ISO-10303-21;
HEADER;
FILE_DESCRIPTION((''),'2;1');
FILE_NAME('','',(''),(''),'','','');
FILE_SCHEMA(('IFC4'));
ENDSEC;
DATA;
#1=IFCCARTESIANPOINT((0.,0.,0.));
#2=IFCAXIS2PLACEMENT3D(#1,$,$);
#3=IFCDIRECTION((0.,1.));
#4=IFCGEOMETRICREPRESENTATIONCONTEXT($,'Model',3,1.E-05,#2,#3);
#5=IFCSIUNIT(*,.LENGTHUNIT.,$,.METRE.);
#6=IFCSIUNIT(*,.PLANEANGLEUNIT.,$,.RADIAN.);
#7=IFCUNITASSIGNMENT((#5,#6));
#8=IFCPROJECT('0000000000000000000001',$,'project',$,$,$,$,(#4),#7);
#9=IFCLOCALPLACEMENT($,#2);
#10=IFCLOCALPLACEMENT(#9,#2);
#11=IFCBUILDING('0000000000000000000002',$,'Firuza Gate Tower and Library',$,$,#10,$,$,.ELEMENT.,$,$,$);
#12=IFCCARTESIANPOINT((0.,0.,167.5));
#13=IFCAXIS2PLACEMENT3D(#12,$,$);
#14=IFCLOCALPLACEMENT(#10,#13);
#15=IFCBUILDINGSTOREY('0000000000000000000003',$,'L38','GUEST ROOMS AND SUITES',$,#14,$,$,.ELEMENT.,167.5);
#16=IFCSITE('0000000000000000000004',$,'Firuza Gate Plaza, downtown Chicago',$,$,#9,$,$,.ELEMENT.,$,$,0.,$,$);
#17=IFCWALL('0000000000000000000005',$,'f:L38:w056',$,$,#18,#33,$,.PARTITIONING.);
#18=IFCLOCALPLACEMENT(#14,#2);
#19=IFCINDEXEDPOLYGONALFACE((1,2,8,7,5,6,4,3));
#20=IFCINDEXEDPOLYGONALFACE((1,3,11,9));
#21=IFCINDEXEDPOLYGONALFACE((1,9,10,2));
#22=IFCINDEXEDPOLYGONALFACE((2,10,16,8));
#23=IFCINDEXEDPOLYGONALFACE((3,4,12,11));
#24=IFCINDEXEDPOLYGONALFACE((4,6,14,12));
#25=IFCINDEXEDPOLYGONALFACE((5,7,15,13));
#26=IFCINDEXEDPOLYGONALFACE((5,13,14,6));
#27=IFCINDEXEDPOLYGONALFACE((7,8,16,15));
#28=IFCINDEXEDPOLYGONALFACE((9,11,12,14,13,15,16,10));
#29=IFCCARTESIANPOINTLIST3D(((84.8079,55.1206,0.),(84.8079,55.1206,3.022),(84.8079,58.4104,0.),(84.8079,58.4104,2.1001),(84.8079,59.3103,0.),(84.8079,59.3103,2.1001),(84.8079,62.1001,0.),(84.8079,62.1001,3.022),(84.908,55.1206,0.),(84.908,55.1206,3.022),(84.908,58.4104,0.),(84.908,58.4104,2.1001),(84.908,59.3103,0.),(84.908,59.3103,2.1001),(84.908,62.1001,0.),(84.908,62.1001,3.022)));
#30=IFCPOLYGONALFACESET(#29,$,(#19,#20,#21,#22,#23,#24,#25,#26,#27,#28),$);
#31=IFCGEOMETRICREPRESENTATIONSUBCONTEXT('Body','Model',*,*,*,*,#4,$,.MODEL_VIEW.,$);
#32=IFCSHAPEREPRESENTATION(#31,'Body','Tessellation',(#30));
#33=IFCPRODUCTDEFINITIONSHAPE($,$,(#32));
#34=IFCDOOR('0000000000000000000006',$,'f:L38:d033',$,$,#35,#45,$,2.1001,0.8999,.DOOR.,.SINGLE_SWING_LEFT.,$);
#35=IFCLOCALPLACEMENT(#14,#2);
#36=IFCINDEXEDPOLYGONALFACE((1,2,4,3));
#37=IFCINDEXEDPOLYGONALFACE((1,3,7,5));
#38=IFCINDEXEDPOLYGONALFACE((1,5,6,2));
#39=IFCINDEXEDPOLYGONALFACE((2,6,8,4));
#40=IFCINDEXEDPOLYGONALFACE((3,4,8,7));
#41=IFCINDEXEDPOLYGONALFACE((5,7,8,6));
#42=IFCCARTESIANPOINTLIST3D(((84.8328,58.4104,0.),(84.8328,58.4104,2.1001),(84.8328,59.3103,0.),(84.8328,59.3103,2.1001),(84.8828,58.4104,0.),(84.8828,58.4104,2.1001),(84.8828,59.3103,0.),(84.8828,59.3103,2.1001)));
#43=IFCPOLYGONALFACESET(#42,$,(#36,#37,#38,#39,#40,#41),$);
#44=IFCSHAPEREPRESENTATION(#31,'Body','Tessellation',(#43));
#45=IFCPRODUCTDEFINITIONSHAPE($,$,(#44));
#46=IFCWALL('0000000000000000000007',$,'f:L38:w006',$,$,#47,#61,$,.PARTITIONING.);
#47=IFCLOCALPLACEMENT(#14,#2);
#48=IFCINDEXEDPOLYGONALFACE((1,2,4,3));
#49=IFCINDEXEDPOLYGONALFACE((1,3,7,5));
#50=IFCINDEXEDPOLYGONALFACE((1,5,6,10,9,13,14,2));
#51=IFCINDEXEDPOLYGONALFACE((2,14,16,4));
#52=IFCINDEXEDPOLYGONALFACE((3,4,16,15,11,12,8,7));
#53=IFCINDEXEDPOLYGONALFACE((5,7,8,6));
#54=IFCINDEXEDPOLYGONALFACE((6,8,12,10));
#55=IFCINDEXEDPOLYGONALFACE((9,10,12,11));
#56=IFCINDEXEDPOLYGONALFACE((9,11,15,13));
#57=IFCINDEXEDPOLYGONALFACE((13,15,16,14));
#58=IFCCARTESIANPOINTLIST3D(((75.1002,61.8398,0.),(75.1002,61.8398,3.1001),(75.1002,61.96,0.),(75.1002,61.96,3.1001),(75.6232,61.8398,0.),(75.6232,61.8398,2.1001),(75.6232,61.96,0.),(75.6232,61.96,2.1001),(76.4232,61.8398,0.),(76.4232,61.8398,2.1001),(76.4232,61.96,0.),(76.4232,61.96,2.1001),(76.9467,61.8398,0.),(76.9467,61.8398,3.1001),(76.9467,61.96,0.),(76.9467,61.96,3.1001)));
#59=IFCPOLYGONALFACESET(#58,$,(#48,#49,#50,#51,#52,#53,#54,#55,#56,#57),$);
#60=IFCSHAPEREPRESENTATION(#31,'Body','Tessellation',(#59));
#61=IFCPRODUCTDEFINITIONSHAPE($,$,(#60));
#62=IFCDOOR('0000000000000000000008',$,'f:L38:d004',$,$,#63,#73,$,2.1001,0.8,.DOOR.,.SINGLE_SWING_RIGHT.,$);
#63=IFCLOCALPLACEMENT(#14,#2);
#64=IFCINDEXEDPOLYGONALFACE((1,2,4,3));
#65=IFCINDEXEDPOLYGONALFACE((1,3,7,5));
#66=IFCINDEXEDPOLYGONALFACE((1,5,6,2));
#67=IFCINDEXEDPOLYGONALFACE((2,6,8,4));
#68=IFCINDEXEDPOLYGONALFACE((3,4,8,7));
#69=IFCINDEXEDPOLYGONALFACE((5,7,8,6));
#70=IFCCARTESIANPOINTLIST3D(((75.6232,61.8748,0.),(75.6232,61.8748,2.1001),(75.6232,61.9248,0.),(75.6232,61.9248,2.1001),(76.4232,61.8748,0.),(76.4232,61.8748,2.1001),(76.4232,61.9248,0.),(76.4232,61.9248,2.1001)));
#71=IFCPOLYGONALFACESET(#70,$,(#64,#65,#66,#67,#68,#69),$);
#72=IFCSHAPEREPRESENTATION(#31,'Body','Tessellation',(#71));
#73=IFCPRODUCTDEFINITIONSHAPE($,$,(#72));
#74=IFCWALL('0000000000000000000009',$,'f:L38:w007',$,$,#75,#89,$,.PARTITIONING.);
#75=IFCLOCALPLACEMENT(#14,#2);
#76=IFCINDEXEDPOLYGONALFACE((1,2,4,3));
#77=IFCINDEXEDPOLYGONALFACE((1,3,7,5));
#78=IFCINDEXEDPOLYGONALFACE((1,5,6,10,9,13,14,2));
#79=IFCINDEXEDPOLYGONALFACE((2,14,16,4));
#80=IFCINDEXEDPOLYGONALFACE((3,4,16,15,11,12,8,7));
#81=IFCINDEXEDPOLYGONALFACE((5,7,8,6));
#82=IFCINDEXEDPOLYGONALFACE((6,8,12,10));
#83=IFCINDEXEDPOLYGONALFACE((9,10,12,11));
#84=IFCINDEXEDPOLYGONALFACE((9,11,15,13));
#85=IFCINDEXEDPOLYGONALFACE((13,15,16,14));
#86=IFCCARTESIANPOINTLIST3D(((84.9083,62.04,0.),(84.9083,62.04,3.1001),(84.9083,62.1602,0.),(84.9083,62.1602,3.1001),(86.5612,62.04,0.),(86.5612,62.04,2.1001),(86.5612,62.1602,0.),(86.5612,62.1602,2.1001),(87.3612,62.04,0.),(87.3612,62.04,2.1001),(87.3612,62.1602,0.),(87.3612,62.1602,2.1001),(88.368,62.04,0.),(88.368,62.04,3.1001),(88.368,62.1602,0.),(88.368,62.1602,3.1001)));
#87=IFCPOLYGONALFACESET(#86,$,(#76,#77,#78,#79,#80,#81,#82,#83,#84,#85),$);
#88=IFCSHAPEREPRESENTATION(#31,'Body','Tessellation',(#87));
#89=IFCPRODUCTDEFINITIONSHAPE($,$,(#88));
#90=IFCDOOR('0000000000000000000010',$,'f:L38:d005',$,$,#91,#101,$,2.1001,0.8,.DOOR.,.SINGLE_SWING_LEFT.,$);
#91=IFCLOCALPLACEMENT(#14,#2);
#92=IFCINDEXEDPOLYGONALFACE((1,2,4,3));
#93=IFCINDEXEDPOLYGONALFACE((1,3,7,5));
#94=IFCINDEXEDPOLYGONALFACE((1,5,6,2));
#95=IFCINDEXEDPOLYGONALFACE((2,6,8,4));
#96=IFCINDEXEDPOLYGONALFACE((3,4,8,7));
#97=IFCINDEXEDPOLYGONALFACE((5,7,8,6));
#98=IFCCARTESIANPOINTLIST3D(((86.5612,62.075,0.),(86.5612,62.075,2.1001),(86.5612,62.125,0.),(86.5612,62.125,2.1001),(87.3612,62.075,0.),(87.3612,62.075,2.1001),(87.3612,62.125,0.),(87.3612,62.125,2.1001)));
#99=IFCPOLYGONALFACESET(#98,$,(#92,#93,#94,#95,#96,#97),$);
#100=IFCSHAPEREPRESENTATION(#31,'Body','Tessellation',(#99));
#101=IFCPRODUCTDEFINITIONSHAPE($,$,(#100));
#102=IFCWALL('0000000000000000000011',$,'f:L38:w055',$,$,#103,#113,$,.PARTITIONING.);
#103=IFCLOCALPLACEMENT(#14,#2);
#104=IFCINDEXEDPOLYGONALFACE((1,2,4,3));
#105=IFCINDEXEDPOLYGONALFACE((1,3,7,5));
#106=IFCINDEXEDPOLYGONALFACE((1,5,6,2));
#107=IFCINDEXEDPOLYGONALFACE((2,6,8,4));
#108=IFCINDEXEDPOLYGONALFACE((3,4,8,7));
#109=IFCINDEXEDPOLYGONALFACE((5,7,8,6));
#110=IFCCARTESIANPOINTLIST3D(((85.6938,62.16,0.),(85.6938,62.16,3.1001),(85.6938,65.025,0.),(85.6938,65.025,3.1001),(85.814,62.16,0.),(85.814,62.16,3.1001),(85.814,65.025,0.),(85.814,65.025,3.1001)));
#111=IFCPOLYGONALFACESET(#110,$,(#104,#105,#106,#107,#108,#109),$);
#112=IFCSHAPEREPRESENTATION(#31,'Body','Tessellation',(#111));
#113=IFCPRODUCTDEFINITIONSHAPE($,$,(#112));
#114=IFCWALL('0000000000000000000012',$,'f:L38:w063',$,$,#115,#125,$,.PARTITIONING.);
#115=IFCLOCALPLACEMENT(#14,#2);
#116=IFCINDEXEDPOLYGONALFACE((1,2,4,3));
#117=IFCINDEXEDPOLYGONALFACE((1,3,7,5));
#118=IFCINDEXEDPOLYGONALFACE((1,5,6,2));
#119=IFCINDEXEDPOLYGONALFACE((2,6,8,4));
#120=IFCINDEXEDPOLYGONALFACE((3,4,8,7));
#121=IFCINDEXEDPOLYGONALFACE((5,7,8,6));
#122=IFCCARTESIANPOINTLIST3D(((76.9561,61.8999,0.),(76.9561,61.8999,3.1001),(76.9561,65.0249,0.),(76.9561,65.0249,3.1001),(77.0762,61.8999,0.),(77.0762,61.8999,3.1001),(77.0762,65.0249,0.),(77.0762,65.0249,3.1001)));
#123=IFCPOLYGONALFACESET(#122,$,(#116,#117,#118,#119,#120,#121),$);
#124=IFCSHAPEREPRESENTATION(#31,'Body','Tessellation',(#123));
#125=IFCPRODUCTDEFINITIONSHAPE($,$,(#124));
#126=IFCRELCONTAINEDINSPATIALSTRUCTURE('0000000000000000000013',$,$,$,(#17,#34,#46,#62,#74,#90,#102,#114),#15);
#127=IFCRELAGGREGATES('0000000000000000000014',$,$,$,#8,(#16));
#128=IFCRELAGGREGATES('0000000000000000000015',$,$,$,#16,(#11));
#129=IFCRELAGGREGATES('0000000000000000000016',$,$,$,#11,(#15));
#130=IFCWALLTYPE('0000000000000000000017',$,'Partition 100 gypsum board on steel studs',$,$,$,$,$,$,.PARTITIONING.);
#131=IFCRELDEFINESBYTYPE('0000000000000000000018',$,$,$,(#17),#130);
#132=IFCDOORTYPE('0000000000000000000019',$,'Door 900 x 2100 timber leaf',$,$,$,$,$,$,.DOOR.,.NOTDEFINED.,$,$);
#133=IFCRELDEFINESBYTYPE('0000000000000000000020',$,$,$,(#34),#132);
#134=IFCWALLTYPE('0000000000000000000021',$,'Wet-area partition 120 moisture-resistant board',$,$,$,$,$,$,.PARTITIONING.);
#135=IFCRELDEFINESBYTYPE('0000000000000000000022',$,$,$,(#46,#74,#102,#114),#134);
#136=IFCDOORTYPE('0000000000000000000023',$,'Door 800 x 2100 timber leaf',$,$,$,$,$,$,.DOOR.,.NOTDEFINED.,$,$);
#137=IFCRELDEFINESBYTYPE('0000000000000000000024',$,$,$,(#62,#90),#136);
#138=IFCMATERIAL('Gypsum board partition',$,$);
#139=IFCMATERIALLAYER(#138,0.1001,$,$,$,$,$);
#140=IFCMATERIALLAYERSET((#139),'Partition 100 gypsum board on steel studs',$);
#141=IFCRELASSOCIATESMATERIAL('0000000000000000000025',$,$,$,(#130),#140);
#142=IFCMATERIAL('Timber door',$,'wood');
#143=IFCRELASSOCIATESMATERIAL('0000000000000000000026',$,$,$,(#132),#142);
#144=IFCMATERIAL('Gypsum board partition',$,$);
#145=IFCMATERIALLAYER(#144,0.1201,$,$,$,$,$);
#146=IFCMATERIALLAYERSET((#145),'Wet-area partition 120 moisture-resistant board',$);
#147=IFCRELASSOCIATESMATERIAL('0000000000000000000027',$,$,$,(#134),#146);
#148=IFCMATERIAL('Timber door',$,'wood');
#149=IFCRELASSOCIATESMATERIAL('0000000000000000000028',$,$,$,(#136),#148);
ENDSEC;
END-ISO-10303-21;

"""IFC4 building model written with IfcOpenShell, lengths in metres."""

from ifc_helpers import new_model, si_unit, direction, frame, frame_2d, origin, place, context, subcontext, project, spatial, rectangle, extrude, material, layer, layer_set, type_object, element, fill, save


model = new_model("IFC4")

# Units and contexts
model_context = context("Model", 3, precision=1e-05, world=origin(), true_north=direction((0.0, 1.0)))
body_context = subcontext(model_context, "Body", "Model", "MODEL_VIEW")
ifc_project = project(units=[si_unit("LENGTHUNIT", "METRE"), si_unit("PLANEANGLEUNIT", "RADIAN")], contexts=[model_context])

# Site, building, storey
site_placement = place(None, origin())
site = spatial("IfcSite", under=ifc_project, at=site_placement, Name="Firuza Gate Plaza, downtown Chicago", CompositionType="ELEMENT", RefElevation=0.0)
building_placement = place(site_placement, origin())
building = spatial("IfcBuilding", under=site, at=building_placement, Name="Firuza Gate Tower and Library", CompositionType="ELEMENT")
storey_placement = place(building_placement, frame((0.0, 0.0, 167.5)))
storey = spatial("IfcBuildingStorey", under=building, at=storey_placement, Name="L38", Description="GUEST ROOMS AND SUITES", CompositionType="ELEMENT", Elevation=167.5)

# Walls, openings, doors
ifc_material_1 = material(Name="Gypsum board partition")
ifc_layer_1 = layer(ifc_material_1, 0.1001)
ifc_layer_set_1 = layer_set([ifc_layer_1], Name="Partition 100 gypsum board on steel studs")
wall_type_1 = type_object("IfcWallType", Name="Partition 100 gypsum board on steel studs", PredefinedType="PARTITIONING", material=ifc_layer_set_1)
wall_1_placement = place(storey_placement, frame((84.8579, 62.1001, 0.0), z_axis=(0.0, 0.0, 1.0), x_axis=(0.0, -1.0, 0.0)))
wall_1 = element("IfcWall", 1, at=wall_1_placement, inside=storey, type_object=wall_type_1, Name="f:L38:w056", PredefinedType="PARTITIONING", context=body_context, shape_type="SweptSolid", body=[
    extrude(rectangle(XDim=6.9795, YDim=0.1001, at=frame_2d((3.4897, 0.0))), origin(), (0.0, 0.0, 1.0), 3.022),
])
opening_1_placement = place(wall_1_placement, frame((2.7898, 0.0, 0.0)))
opening_1 = element("IfcOpeningElement", 2, at=opening_1_placement, cuts=wall_1, PredefinedType="OPENING", context=body_context, shape_type="SweptSolid", body=[
    extrude(rectangle(XDim=0.8999, YDim=2.1001, at=frame_2d((0.45, 1.05))), frame((0.0, 0.0601, 0.0), z_axis=(0.0, -1.0, 0.0), x_axis=(1.0, 0.0, 0.0)), (0.0, 0.0, 1.0), 0.1201),
])
ifc_material_2 = material(Name="Timber door", Category="wood")
door_type_1 = type_object("IfcDoorType", Name="Door 900 x 2100 timber leaf", OperationType="NOTDEFINED", PredefinedType="DOOR", material=ifc_material_2)
door_1_placement = place(opening_1_placement, origin())
door_1 = element("IfcDoor", 3, at=door_1_placement, inside=storey, type_object=door_type_1, Name="f:L38:d033", OperationType="SINGLE_SWING_LEFT", OverallHeight=2.1001, OverallWidth=0.8999, PredefinedType="DOOR", context=body_context, shape_type="SweptSolid", body=[
    extrude(rectangle(XDim=0.8999, YDim=2.1001, at=frame_2d((0.45, 1.05))), frame((0.0, 0.0249, 0.0), z_axis=(0.0, -1.0, 0.0), x_axis=(1.0, 0.0, 0.0)), (0.0, 0.0, 1.0), 0.05),
])
fill(opening_1, door_1)
ifc_material_3 = material(Name="Gypsum board partition")
ifc_layer_2 = layer(ifc_material_3, 0.1201)
ifc_layer_set_2 = layer_set([ifc_layer_2], Name="Wet-area partition 120 moisture-resistant board")
wall_type_2 = type_object("IfcWallType", Name="Wet-area partition 120 moisture-resistant board", PredefinedType="PARTITIONING", material=ifc_layer_set_2)
wall_2_placement = place(storey_placement, frame((75.1001, 61.8999, 0.0), z_axis=(0.0, 0.0, 1.0), x_axis=(1.0, 0.0, 0.0)))
wall_2 = element("IfcWall", 4, at=wall_2_placement, inside=storey, type_object=wall_type_2, Name="f:L38:w006", PredefinedType="PARTITIONING", context=body_context, shape_type="SweptSolid", body=[
    extrude(rectangle(XDim=1.8464, YDim=0.1201, at=frame_2d((0.9233, 0.0))), origin(), (0.0, 0.0, 1.0), 3.1001),
])
opening_2_placement = place(wall_2_placement, frame((0.5232, 0.0, 0.0)))
opening_2 = element("IfcOpeningElement", 5, at=opening_2_placement, cuts=wall_2, PredefinedType="OPENING", context=body_context, shape_type="SweptSolid", body=[
    extrude(rectangle(XDim=0.8, YDim=2.1001, at=frame_2d((0.3999, 1.05))), frame((0.0, 0.0701, 0.0), z_axis=(0.0, -1.0, 0.0), x_axis=(1.0, 0.0, 0.0)), (0.0, 0.0, 1.0), 0.1401),
])
ifc_material_4 = material(Name="Timber door", Category="wood")
door_type_2 = type_object("IfcDoorType", Name="Door 800 x 2100 timber leaf", OperationType="NOTDEFINED", PredefinedType="DOOR", material=ifc_material_4)
door_2_placement = place(opening_2_placement, origin())
door_2 = element("IfcDoor", 6, at=door_2_placement, inside=storey, type_object=door_type_2, Name="f:L38:d004", OperationType="SINGLE_SWING_RIGHT", OverallHeight=2.1001, OverallWidth=0.8, PredefinedType="DOOR", context=body_context, shape_type="SweptSolid", body=[
    extrude(rectangle(XDim=0.8, YDim=2.1001, at=frame_2d((0.3999, 1.05))), frame((0.0, 0.0249, 0.0), z_axis=(0.0, -1.0, 0.0), x_axis=(1.0, 0.0, 0.0)), (0.0, 0.0, 1.0), 0.05),
])
fill(opening_2, door_2)
wall_3_placement = place(storey_placement, frame((84.9082, 62.1001, 0.0), z_axis=(0.0, 0.0, 1.0), x_axis=(1.0, 0.0, 0.0)))
wall_3 = element("IfcWall", 7, at=wall_3_placement, inside=storey, type_object=wall_type_2, Name="f:L38:w007", PredefinedType="PARTITIONING", context=body_context, shape_type="SweptSolid", body=[
    extrude(rectangle(XDim=3.4597, YDim=0.1201, at=frame_2d((1.73, 0.0))), origin(), (0.0, 0.0, 1.0), 3.1001),
])
opening_3_placement = place(wall_3_placement, frame((1.6531, 0.0, 0.0)))
opening_3 = element("IfcOpeningElement", 8, at=opening_3_placement, cuts=wall_3, PredefinedType="OPENING", context=body_context, shape_type="SweptSolid", body=[
    extrude(rectangle(XDim=0.8, YDim=2.1001, at=frame_2d((0.3999, 1.05))), frame((0.0, 0.0701, 0.0), z_axis=(0.0, -1.0, 0.0), x_axis=(1.0, 0.0, 0.0)), (0.0, 0.0, 1.0), 0.1401),
])
door_3_placement = place(opening_3_placement, origin())
door_3 = element("IfcDoor", 9, at=door_3_placement, inside=storey, type_object=door_type_2, Name="f:L38:d005", OperationType="SINGLE_SWING_LEFT", OverallHeight=2.1001, OverallWidth=0.8, PredefinedType="DOOR", context=body_context, shape_type="SweptSolid", body=[
    extrude(rectangle(XDim=0.8, YDim=2.1001, at=frame_2d((0.3999, 1.05))), frame((0.0, 0.0249, 0.0), z_axis=(0.0, -1.0, 0.0), x_axis=(1.0, 0.0, 0.0)), (0.0, 0.0, 1.0), 0.05),
])
fill(opening_3, door_3)

# Walls
wall_4_placement = place(storey_placement, frame((85.7539, 62.1599, 0.0), z_axis=(0.0, 0.0, 1.0), x_axis=(0.0, 1.0, 0.0)))
element("IfcWall", 10, at=wall_4_placement, inside=storey, type_object=wall_type_2, Name="f:L38:w055", PredefinedType="PARTITIONING", context=body_context, shape_type="SweptSolid", body=[
    extrude(rectangle(XDim=2.865, YDim=0.1201, at=frame_2d((1.4326, 0.0))), origin(), (0.0, 0.0, 1.0), 3.1001),
])
wall_5_placement = place(storey_placement, frame((77.0161, 61.8999, 0.0), z_axis=(0.0, 0.0, 1.0), x_axis=(0.0, 1.0, 0.0)))
element("IfcWall", 11, at=wall_5_placement, inside=storey, type_object=wall_type_2, Name="f:L38:w063", PredefinedType="PARTITIONING", context=body_context, shape_type="SweptSolid", body=[
    extrude(rectangle(XDim=3.125, YDim=0.1201, at=frame_2d((1.5625, 0.0))), origin(), (0.0, 0.0, 1.0), 3.1001),
])

save(model, "model.ifc")
